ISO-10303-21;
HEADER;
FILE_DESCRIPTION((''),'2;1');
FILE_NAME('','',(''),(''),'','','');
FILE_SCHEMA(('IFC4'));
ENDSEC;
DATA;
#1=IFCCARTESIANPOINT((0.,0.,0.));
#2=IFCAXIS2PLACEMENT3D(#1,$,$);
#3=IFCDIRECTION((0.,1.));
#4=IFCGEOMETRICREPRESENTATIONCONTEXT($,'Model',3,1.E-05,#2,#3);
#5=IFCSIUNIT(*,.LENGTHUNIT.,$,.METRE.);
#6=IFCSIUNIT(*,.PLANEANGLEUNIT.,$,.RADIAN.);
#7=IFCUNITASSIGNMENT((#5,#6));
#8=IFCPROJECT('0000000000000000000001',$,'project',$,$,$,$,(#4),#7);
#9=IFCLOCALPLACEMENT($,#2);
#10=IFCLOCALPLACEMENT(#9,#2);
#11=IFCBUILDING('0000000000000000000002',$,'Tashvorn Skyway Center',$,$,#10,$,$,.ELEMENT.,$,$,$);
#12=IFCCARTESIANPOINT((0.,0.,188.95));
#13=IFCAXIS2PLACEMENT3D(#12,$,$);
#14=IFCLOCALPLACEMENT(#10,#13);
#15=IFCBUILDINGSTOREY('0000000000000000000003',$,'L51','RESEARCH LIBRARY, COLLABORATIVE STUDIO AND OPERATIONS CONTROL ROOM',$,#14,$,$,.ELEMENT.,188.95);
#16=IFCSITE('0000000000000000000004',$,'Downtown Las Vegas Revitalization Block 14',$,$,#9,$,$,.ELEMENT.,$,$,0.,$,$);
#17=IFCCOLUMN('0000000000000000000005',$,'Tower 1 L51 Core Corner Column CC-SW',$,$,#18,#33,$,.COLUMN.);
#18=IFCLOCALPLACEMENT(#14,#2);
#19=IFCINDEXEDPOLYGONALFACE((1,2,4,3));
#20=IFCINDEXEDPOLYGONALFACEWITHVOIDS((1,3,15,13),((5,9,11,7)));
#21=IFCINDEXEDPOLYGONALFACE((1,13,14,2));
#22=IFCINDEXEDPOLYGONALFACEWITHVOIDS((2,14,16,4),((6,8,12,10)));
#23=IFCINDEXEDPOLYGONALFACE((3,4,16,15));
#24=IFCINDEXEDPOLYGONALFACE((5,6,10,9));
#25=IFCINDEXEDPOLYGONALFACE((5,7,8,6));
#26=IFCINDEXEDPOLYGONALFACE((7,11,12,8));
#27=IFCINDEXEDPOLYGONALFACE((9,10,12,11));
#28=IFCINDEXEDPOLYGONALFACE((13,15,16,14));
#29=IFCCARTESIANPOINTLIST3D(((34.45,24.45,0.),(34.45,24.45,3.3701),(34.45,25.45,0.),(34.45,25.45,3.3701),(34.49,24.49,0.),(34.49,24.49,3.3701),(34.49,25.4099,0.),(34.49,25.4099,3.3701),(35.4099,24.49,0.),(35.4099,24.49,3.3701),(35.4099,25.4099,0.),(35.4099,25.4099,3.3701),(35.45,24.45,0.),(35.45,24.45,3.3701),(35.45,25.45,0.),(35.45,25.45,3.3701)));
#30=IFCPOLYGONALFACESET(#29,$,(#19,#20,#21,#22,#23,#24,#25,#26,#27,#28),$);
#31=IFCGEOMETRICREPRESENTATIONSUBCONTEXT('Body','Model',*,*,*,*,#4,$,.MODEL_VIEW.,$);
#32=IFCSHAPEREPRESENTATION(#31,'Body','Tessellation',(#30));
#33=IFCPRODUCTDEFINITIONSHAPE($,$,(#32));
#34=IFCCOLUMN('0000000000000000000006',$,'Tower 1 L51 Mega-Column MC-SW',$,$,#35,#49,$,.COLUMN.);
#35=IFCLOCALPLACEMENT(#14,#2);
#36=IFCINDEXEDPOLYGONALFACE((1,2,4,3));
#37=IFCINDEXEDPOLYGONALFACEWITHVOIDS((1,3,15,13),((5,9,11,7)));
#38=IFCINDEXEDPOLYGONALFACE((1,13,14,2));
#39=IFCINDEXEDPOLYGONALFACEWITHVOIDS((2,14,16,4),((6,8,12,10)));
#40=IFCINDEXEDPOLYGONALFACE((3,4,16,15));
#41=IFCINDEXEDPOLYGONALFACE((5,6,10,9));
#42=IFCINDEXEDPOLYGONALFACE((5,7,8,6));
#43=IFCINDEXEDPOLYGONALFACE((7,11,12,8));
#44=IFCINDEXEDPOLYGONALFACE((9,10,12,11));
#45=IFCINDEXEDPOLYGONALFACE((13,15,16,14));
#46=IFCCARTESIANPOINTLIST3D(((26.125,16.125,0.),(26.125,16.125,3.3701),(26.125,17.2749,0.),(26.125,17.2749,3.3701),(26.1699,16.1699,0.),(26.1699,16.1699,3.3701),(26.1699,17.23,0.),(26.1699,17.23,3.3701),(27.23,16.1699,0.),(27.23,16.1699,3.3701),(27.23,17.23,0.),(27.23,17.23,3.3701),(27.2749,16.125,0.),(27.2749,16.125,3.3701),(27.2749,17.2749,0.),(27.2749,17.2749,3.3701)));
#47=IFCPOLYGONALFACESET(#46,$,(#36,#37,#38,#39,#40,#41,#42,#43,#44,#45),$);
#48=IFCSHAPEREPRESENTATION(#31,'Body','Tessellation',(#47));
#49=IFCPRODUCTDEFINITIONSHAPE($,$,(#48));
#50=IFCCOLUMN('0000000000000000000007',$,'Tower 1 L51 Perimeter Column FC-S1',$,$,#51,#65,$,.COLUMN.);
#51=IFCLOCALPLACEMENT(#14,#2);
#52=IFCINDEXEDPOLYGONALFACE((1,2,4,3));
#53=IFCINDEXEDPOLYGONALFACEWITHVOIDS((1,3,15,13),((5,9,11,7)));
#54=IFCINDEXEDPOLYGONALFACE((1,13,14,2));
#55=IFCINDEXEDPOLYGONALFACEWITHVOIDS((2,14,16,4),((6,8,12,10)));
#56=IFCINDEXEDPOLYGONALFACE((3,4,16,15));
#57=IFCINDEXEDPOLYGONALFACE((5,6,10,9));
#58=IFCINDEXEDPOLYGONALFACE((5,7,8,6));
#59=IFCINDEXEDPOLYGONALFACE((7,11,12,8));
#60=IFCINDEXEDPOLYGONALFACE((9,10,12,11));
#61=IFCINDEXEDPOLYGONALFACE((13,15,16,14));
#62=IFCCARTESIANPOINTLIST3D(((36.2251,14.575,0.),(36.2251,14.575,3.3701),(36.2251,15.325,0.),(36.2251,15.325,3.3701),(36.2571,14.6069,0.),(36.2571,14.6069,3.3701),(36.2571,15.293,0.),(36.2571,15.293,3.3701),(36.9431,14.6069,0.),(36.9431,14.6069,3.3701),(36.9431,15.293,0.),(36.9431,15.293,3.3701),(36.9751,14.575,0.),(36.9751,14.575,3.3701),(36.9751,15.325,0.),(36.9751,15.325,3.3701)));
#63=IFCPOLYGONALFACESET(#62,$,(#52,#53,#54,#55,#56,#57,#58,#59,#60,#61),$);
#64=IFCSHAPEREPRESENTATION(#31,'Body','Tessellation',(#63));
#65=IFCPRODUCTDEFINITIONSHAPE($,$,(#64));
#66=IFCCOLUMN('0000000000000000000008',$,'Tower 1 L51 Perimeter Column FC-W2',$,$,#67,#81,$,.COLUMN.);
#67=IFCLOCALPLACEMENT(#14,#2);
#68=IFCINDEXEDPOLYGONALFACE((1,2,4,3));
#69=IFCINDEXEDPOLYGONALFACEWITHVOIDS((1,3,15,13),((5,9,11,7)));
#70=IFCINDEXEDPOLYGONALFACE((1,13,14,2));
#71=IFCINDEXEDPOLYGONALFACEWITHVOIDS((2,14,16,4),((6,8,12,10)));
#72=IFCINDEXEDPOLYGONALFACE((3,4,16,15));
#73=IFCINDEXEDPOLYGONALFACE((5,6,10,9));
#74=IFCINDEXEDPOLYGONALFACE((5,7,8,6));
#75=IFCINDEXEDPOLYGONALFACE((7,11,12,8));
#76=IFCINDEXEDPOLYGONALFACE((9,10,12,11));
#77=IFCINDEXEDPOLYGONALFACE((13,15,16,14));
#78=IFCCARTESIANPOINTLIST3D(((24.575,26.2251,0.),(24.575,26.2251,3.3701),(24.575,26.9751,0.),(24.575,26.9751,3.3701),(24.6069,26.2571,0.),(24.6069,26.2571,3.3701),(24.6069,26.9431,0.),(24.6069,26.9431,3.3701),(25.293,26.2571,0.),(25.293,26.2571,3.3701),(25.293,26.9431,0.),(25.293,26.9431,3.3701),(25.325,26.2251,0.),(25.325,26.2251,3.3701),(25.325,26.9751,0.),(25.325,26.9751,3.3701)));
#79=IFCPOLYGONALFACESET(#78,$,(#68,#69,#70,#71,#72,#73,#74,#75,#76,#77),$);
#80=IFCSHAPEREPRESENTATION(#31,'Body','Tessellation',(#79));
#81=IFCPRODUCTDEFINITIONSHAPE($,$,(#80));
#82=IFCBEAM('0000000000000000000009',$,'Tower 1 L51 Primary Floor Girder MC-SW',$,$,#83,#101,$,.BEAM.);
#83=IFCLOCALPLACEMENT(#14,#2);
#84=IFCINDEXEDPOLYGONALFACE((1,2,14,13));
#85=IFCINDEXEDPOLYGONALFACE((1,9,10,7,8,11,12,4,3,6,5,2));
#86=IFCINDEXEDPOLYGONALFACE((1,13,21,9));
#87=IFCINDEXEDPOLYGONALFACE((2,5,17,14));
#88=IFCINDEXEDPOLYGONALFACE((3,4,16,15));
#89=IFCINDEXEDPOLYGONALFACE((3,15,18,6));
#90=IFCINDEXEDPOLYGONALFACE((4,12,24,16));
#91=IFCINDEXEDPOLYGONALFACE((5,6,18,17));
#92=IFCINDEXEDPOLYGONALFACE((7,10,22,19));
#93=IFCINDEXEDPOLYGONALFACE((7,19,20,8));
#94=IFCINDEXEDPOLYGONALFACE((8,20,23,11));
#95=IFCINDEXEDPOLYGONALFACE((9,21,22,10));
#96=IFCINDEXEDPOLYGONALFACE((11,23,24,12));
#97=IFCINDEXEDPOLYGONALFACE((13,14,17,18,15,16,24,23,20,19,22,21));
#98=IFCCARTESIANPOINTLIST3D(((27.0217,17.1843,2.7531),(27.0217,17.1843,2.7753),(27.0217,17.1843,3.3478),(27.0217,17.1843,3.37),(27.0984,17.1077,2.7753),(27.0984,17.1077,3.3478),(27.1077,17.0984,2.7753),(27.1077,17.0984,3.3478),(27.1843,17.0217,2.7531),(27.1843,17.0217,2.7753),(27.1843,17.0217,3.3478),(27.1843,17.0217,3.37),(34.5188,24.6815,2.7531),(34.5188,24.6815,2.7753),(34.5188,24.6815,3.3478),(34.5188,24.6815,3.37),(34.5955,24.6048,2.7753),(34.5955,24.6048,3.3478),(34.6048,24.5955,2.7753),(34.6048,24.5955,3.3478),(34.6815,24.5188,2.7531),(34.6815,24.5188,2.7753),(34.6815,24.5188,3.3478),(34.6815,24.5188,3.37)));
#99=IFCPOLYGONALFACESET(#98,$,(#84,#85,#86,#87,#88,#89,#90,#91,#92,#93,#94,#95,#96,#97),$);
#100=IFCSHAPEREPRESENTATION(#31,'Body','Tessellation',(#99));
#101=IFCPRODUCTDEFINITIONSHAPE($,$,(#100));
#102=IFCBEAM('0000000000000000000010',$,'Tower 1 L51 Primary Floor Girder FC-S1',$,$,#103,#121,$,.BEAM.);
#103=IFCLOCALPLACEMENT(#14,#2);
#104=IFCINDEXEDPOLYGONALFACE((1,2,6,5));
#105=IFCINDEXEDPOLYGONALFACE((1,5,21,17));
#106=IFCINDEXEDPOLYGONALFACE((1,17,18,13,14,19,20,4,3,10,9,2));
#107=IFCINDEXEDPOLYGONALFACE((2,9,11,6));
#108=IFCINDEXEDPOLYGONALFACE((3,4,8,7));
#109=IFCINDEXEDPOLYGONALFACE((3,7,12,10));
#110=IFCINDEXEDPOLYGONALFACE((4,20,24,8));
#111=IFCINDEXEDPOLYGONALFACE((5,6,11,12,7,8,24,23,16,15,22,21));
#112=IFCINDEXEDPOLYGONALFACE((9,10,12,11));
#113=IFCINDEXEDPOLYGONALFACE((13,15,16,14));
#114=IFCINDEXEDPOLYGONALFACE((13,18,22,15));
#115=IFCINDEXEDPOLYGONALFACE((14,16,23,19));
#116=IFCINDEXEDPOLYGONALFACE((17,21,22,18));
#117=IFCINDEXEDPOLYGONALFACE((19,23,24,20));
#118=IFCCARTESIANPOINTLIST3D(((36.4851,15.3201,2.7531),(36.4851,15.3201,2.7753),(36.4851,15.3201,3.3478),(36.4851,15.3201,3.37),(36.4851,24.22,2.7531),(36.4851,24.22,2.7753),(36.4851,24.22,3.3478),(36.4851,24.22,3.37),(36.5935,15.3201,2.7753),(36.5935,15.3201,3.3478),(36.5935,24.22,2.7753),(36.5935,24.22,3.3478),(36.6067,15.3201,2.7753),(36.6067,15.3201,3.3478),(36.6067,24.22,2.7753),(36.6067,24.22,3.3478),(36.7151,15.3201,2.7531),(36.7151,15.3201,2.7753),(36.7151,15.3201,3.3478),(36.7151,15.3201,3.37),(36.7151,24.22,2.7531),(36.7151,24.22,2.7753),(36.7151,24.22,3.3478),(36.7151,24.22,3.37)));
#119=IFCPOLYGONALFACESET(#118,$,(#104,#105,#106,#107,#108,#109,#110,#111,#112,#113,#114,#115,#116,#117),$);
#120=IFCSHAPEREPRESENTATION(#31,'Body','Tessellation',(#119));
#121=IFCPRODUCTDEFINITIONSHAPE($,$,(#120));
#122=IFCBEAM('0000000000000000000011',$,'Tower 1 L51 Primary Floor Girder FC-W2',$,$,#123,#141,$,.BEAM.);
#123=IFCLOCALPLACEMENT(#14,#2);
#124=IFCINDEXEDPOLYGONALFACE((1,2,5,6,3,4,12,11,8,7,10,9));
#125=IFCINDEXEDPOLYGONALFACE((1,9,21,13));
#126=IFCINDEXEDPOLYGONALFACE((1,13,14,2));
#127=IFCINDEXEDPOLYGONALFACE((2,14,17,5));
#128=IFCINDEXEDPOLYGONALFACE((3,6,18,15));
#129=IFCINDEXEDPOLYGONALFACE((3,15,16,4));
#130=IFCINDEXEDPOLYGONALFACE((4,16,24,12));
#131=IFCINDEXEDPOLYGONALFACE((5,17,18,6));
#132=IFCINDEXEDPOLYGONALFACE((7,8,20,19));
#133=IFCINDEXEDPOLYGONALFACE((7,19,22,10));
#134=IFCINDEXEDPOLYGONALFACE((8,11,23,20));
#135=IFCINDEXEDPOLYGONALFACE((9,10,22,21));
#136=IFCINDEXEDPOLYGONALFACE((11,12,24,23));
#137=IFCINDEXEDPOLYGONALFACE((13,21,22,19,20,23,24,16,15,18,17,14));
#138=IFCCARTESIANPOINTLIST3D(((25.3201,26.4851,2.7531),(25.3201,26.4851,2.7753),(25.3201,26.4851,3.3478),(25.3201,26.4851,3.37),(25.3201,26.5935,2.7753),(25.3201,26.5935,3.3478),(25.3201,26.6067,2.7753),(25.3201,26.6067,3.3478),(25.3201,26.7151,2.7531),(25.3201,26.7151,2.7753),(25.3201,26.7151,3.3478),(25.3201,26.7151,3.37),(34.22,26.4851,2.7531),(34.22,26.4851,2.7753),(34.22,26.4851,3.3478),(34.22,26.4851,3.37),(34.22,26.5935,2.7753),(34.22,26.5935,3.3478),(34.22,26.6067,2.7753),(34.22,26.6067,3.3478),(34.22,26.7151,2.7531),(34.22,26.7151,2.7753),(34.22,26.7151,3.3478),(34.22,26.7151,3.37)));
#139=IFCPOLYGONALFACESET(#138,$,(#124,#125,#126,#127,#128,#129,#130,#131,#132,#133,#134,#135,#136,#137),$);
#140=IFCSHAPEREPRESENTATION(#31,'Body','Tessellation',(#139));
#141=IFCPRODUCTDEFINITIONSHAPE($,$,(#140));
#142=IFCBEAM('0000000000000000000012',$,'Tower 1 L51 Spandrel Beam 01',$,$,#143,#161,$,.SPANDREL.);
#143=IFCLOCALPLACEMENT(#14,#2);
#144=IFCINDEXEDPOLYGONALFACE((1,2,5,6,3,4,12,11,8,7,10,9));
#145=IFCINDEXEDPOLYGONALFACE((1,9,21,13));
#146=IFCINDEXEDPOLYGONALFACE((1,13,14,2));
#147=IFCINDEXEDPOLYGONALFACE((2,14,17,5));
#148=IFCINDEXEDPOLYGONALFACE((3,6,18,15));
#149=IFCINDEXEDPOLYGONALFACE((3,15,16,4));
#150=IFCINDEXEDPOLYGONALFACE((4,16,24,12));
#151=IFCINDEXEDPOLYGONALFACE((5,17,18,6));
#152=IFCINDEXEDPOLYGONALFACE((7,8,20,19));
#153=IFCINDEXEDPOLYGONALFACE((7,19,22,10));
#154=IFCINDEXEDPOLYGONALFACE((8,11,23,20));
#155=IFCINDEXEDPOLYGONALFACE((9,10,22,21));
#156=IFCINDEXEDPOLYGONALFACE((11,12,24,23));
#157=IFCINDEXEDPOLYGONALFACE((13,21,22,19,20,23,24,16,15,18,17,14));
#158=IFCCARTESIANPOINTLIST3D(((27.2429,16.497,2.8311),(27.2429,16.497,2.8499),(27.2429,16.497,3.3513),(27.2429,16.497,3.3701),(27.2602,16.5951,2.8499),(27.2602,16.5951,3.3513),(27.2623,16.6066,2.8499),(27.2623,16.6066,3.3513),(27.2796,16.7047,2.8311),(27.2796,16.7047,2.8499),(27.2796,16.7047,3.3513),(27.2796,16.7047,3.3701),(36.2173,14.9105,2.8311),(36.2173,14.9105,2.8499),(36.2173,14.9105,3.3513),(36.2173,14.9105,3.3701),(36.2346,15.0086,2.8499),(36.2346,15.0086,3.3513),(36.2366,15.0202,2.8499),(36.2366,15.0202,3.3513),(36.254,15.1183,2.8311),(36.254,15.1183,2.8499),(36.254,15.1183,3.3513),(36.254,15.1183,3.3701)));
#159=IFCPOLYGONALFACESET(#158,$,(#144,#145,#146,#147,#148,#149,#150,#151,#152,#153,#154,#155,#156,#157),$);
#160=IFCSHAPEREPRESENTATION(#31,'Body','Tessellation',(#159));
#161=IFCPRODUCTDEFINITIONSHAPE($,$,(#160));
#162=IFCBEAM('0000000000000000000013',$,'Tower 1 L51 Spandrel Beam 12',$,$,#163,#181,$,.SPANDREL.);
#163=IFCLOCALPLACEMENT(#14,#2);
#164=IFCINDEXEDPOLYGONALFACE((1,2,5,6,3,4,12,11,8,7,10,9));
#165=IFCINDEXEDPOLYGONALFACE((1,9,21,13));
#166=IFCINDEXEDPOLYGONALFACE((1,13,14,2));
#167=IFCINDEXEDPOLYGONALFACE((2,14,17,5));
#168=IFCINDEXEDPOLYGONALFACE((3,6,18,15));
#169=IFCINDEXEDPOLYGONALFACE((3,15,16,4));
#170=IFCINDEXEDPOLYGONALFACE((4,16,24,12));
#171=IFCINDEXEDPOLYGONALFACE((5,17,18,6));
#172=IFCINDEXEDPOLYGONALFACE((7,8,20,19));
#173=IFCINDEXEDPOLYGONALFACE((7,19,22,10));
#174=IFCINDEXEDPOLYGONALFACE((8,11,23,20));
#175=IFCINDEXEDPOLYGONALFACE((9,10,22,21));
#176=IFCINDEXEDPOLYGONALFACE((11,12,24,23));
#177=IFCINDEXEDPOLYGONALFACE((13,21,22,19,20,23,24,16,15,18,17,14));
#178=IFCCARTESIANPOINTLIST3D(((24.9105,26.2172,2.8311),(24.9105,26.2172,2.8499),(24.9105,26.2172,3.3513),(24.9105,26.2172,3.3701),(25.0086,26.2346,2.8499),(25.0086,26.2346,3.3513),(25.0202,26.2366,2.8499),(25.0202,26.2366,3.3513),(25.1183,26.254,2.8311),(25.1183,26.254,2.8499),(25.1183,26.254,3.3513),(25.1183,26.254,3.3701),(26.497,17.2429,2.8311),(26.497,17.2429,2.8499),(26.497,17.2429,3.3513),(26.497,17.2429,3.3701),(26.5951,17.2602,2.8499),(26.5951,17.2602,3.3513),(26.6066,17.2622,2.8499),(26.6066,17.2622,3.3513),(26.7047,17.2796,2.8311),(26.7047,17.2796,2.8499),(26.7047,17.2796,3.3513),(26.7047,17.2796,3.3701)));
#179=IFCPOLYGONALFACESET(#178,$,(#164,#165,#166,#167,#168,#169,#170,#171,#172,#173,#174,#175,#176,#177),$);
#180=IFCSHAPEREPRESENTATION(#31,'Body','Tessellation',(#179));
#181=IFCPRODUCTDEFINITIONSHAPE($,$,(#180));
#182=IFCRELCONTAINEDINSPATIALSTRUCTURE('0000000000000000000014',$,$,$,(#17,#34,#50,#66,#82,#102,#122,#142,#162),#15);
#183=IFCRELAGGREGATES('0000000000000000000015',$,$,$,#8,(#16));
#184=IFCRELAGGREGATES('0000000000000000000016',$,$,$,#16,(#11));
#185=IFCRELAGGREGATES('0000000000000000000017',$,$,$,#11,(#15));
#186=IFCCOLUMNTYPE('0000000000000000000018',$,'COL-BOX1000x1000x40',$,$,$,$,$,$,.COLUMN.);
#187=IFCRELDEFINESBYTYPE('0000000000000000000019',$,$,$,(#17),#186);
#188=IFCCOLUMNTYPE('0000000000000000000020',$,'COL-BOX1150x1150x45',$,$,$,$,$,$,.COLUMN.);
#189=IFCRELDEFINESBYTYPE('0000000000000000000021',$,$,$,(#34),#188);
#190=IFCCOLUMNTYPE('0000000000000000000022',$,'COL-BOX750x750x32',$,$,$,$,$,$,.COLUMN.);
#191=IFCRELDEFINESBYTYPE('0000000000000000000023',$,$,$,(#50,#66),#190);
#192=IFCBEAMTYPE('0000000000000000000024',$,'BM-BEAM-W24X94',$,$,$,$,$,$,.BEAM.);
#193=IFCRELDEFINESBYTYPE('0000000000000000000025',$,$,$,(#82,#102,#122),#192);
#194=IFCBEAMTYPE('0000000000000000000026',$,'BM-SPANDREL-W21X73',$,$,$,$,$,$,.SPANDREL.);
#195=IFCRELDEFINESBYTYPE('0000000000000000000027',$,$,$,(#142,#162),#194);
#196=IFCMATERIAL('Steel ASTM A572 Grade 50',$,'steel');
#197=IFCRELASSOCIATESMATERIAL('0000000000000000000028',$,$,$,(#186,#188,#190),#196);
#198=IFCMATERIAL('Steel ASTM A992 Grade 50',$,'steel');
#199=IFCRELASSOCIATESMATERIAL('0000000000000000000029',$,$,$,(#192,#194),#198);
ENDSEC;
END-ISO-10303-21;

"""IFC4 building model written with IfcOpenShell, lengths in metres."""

from ifc_helpers import new_model, si_unit, direction, frame, origin, origin_2d, place, context, subcontext, project, spatial, hollow_rectangle, i_section, extrude, material, material_profile, profile_set, type_object, element, save


model = new_model("IFC4")

# Units and contexts
model_context = context("Model", 3, precision=1e-05, world=origin(), true_north=direction((0.0, 1.0)))
body_context = subcontext(model_context, "Body", "Model", "MODEL_VIEW")
ifc_project = project(units=[si_unit("LENGTHUNIT", "METRE"), si_unit("PLANEANGLEUNIT", "RADIAN")], contexts=[model_context])

# Site, building, storey
site_placement = place(None, origin())
site = spatial("IfcSite", under=ifc_project, at=site_placement, Name="Downtown Las Vegas Revitalization Block 14", CompositionType="ELEMENT", RefElevation=0.0)
building_placement = place(site_placement, origin())
building = spatial("IfcBuilding", under=site, at=building_placement, Name="Tashvorn Skyway Center", CompositionType="ELEMENT")
storey_placement = place(building_placement, frame((0.0, 0.0, 188.95)))
storey = spatial("IfcBuildingStorey", under=building, at=storey_placement, Name="L51", Description="RESEARCH LIBRARY, COLLABORATIVE STUDIO AND OPERATIONS CONTROL ROOM", CompositionType="ELEMENT", Elevation=188.95)

# Columns
ifc_material_1 = material(Name="Steel ASTM A572 Grade 50", Category="steel")
ifc_material_profile_1 = material_profile(ifc_material_1, hollow_rectangle(XDim=1.0, YDim=1.0, WallThickness=0.04, at=origin_2d()), Name="BOX1000x1000x40")
ifc_profile_set_1 = profile_set([ifc_material_profile_1], Name="Steel ASTM A572 Grade 50")
column_type_1 = type_object("IfcColumnType", Name="COL-BOX1000x1000x40", PredefinedType="COLUMN", material=ifc_profile_set_1)
column_1_placement = place(storey_placement, frame((34.95, 24.95, 0.0), z_axis=(0.0, 0.0, 1.0), x_axis=(1.0, 0.0, 0.0)))
element("IfcColumn", 1, at=column_1_placement, inside=storey, type_object=column_type_1, Name="Tower 1 L51 Core Corner Column CC-SW", PredefinedType="COLUMN", context=body_context, shape_type="SweptSolid", body=[
    extrude(hollow_rectangle(XDim=1.0, YDim=1.0, WallThickness=0.04, at=origin_2d()), origin(), (0.0, 0.0, 1.0), 3.3701),
])
ifc_material_profile_2 = material_profile(ifc_material_1, hollow_rectangle(XDim=1.1499, YDim=1.1499, WallThickness=0.0449, at=origin_2d()), Name="BOX1150x1150x45")
ifc_profile_set_2 = profile_set([ifc_material_profile_2], Name="Steel ASTM A572 Grade 50")
column_type_2 = type_object("IfcColumnType", Name="COL-BOX1150x1150x45", PredefinedType="COLUMN", material=ifc_profile_set_2)
column_2_placement = place(storey_placement, frame((26.7, 16.7, 0.0), z_axis=(0.0, 0.0, 1.0), x_axis=(1.0, 0.0, 0.0)))
element("IfcColumn", 2, at=column_2_placement, inside=storey, type_object=column_type_2, Name="Tower 1 L51 Mega-Column MC-SW", PredefinedType="COLUMN", context=body_context, shape_type="SweptSolid", body=[
    extrude(hollow_rectangle(XDim=1.1499, YDim=1.1499, WallThickness=0.0449, at=origin_2d()), origin(), (0.0, 0.0, 1.0), 3.3701),
])
ifc_material_profile_3 = material_profile(ifc_material_1, hollow_rectangle(XDim=0.75, YDim=0.75, WallThickness=0.032, at=origin_2d()), Name="BOX750x750x32")
ifc_profile_set_3 = profile_set([ifc_material_profile_3], Name="Steel ASTM A572 Grade 50")
column_type_3 = type_object("IfcColumnType", Name="COL-BOX750x750x32", PredefinedType="COLUMN", material=ifc_profile_set_3)
for number, where, z_axis, x_axis, name in (
    (3, (36.6001, 14.95, 0.0), (0.0, 0.0, 1.0), (1.0, 0.0, 0.0), "Tower 1 L51 Perimeter Column FC-S1"),
    (4, (24.95, 26.6001, 0.0), (0.0, 0.0, 1.0), (1.0, 0.0, 0.0), "Tower 1 L51 Perimeter Column FC-W2"),
):
    element("IfcColumn", number, at=place(storey_placement, frame(where, z_axis=z_axis, x_axis=x_axis)), inside=storey, type_object=column_type_3, Name=name, PredefinedType="COLUMN", context=body_context, shape_type="SweptSolid", body=[
        extrude(hollow_rectangle(XDim=0.75, YDim=0.75, WallThickness=0.032, at=origin_2d()), origin(), (0.0, 0.0, 1.0), 3.3701),
    ])

# Beams
ifc_material_2 = material(Name="Steel ASTM A992 Grade 50", Category="steel")
ifc_material_profile_4 = material_profile(ifc_material_2, i_section(OverallWidth=0.23, OverallDepth=0.6169, WebThickness=0.0132, FlangeThickness=0.0222, at=origin_2d()), Name="W24X94")
ifc_profile_set_4 = profile_set([ifc_material_profile_4], Name="Steel ASTM A992 Grade 50")
beam_type_1 = type_object("IfcBeamType", Name="BM-BEAM-W24X94", PredefinedType="BEAM", material=ifc_profile_set_4)
beam_placement = place(storey_placement, frame((27.103, 17.103, 3.0615), z_axis=(0.707107, 0.707107, 0.0), x_axis=(-0.707107, 0.707107, 0.0)))
element("IfcBeam", 5, at=beam_placement, inside=storey, type_object=beam_type_1, Name="Tower 1 L51 Primary Floor Girder MC-SW", PredefinedType="BEAM", context=body_context, shape_type="SweptSolid", body=[
    extrude(i_section(OverallWidth=0.23, OverallDepth=0.6169, WebThickness=0.0132, FlangeThickness=0.0222, at=origin_2d()), origin(), (0.0, 0.0, 1.0), 10.6025),
])
for number, where, z_axis, x_axis, name in (
    (6, (36.6001, 15.3201, 3.0615), (0.0, 1.0, 0.0), (-1.0, 0.0, 0.0), "Tower 1 L51 Primary Floor Girder FC-S1"),
    (7, (25.3201, 26.6001, 3.0615), (1.0, 0.0, 0.0), (0.0, 1.0, 0.0), "Tower 1 L51 Primary Floor Girder FC-W2"),
):
    element("IfcBeam", number, at=place(storey_placement, frame(where, z_axis=z_axis, x_axis=x_axis)), inside=storey, type_object=beam_type_1, Name=name, PredefinedType="BEAM", context=body_context, shape_type="SweptSolid", body=[
        extrude(i_section(OverallWidth=0.23, OverallDepth=0.6169, WebThickness=0.0132, FlangeThickness=0.0222, at=origin_2d()), origin(), (0.0, 0.0, 1.0), 8.8999),
    ])
ifc_material_profile_5 = material_profile(ifc_material_2, i_section(OverallWidth=0.2109, OverallDepth=0.5391, WebThickness=0.0117, FlangeThickness=0.0188, at=origin_2d()), Name="W21X73")
ifc_profile_set_5 = profile_set([ifc_material_profile_5], Name="Steel ASTM A992 Grade 50")
beam_type_2 = type_object("IfcBeamType", Name="BM-SPANDREL-W21X73", PredefinedType="SPANDREL", material=ifc_profile_set_5)
for number, where, z_axis, x_axis, name in (
    (8, (27.2612, 16.6008, 3.1006), (0.984733, -0.174074, 0.0), (0.174074, 0.984733, 0.0), "Tower 1 L51 Spandrel Beam 01"),
    (9, (25.0144, 26.2356, 3.1006), (0.174074, -0.984733, 0.0), (0.984733, 0.174074, 0.0), "Tower 1 L51 Spandrel Beam 12"),
):
    element("IfcBeam", number, at=place(storey_placement, frame(where, z_axis=z_axis, x_axis=x_axis)), inside=storey, type_object=beam_type_2, Name=name, PredefinedType="SPANDREL", context=body_context, shape_type="SweptSolid", body=[
        extrude(i_section(OverallWidth=0.2109, OverallDepth=0.5391, WebThickness=0.0117, FlangeThickness=0.0188, at=origin_2d()), origin(), (0.0, 0.0, 1.0), 9.1135),
    ])

save(model, "model.ifc")
